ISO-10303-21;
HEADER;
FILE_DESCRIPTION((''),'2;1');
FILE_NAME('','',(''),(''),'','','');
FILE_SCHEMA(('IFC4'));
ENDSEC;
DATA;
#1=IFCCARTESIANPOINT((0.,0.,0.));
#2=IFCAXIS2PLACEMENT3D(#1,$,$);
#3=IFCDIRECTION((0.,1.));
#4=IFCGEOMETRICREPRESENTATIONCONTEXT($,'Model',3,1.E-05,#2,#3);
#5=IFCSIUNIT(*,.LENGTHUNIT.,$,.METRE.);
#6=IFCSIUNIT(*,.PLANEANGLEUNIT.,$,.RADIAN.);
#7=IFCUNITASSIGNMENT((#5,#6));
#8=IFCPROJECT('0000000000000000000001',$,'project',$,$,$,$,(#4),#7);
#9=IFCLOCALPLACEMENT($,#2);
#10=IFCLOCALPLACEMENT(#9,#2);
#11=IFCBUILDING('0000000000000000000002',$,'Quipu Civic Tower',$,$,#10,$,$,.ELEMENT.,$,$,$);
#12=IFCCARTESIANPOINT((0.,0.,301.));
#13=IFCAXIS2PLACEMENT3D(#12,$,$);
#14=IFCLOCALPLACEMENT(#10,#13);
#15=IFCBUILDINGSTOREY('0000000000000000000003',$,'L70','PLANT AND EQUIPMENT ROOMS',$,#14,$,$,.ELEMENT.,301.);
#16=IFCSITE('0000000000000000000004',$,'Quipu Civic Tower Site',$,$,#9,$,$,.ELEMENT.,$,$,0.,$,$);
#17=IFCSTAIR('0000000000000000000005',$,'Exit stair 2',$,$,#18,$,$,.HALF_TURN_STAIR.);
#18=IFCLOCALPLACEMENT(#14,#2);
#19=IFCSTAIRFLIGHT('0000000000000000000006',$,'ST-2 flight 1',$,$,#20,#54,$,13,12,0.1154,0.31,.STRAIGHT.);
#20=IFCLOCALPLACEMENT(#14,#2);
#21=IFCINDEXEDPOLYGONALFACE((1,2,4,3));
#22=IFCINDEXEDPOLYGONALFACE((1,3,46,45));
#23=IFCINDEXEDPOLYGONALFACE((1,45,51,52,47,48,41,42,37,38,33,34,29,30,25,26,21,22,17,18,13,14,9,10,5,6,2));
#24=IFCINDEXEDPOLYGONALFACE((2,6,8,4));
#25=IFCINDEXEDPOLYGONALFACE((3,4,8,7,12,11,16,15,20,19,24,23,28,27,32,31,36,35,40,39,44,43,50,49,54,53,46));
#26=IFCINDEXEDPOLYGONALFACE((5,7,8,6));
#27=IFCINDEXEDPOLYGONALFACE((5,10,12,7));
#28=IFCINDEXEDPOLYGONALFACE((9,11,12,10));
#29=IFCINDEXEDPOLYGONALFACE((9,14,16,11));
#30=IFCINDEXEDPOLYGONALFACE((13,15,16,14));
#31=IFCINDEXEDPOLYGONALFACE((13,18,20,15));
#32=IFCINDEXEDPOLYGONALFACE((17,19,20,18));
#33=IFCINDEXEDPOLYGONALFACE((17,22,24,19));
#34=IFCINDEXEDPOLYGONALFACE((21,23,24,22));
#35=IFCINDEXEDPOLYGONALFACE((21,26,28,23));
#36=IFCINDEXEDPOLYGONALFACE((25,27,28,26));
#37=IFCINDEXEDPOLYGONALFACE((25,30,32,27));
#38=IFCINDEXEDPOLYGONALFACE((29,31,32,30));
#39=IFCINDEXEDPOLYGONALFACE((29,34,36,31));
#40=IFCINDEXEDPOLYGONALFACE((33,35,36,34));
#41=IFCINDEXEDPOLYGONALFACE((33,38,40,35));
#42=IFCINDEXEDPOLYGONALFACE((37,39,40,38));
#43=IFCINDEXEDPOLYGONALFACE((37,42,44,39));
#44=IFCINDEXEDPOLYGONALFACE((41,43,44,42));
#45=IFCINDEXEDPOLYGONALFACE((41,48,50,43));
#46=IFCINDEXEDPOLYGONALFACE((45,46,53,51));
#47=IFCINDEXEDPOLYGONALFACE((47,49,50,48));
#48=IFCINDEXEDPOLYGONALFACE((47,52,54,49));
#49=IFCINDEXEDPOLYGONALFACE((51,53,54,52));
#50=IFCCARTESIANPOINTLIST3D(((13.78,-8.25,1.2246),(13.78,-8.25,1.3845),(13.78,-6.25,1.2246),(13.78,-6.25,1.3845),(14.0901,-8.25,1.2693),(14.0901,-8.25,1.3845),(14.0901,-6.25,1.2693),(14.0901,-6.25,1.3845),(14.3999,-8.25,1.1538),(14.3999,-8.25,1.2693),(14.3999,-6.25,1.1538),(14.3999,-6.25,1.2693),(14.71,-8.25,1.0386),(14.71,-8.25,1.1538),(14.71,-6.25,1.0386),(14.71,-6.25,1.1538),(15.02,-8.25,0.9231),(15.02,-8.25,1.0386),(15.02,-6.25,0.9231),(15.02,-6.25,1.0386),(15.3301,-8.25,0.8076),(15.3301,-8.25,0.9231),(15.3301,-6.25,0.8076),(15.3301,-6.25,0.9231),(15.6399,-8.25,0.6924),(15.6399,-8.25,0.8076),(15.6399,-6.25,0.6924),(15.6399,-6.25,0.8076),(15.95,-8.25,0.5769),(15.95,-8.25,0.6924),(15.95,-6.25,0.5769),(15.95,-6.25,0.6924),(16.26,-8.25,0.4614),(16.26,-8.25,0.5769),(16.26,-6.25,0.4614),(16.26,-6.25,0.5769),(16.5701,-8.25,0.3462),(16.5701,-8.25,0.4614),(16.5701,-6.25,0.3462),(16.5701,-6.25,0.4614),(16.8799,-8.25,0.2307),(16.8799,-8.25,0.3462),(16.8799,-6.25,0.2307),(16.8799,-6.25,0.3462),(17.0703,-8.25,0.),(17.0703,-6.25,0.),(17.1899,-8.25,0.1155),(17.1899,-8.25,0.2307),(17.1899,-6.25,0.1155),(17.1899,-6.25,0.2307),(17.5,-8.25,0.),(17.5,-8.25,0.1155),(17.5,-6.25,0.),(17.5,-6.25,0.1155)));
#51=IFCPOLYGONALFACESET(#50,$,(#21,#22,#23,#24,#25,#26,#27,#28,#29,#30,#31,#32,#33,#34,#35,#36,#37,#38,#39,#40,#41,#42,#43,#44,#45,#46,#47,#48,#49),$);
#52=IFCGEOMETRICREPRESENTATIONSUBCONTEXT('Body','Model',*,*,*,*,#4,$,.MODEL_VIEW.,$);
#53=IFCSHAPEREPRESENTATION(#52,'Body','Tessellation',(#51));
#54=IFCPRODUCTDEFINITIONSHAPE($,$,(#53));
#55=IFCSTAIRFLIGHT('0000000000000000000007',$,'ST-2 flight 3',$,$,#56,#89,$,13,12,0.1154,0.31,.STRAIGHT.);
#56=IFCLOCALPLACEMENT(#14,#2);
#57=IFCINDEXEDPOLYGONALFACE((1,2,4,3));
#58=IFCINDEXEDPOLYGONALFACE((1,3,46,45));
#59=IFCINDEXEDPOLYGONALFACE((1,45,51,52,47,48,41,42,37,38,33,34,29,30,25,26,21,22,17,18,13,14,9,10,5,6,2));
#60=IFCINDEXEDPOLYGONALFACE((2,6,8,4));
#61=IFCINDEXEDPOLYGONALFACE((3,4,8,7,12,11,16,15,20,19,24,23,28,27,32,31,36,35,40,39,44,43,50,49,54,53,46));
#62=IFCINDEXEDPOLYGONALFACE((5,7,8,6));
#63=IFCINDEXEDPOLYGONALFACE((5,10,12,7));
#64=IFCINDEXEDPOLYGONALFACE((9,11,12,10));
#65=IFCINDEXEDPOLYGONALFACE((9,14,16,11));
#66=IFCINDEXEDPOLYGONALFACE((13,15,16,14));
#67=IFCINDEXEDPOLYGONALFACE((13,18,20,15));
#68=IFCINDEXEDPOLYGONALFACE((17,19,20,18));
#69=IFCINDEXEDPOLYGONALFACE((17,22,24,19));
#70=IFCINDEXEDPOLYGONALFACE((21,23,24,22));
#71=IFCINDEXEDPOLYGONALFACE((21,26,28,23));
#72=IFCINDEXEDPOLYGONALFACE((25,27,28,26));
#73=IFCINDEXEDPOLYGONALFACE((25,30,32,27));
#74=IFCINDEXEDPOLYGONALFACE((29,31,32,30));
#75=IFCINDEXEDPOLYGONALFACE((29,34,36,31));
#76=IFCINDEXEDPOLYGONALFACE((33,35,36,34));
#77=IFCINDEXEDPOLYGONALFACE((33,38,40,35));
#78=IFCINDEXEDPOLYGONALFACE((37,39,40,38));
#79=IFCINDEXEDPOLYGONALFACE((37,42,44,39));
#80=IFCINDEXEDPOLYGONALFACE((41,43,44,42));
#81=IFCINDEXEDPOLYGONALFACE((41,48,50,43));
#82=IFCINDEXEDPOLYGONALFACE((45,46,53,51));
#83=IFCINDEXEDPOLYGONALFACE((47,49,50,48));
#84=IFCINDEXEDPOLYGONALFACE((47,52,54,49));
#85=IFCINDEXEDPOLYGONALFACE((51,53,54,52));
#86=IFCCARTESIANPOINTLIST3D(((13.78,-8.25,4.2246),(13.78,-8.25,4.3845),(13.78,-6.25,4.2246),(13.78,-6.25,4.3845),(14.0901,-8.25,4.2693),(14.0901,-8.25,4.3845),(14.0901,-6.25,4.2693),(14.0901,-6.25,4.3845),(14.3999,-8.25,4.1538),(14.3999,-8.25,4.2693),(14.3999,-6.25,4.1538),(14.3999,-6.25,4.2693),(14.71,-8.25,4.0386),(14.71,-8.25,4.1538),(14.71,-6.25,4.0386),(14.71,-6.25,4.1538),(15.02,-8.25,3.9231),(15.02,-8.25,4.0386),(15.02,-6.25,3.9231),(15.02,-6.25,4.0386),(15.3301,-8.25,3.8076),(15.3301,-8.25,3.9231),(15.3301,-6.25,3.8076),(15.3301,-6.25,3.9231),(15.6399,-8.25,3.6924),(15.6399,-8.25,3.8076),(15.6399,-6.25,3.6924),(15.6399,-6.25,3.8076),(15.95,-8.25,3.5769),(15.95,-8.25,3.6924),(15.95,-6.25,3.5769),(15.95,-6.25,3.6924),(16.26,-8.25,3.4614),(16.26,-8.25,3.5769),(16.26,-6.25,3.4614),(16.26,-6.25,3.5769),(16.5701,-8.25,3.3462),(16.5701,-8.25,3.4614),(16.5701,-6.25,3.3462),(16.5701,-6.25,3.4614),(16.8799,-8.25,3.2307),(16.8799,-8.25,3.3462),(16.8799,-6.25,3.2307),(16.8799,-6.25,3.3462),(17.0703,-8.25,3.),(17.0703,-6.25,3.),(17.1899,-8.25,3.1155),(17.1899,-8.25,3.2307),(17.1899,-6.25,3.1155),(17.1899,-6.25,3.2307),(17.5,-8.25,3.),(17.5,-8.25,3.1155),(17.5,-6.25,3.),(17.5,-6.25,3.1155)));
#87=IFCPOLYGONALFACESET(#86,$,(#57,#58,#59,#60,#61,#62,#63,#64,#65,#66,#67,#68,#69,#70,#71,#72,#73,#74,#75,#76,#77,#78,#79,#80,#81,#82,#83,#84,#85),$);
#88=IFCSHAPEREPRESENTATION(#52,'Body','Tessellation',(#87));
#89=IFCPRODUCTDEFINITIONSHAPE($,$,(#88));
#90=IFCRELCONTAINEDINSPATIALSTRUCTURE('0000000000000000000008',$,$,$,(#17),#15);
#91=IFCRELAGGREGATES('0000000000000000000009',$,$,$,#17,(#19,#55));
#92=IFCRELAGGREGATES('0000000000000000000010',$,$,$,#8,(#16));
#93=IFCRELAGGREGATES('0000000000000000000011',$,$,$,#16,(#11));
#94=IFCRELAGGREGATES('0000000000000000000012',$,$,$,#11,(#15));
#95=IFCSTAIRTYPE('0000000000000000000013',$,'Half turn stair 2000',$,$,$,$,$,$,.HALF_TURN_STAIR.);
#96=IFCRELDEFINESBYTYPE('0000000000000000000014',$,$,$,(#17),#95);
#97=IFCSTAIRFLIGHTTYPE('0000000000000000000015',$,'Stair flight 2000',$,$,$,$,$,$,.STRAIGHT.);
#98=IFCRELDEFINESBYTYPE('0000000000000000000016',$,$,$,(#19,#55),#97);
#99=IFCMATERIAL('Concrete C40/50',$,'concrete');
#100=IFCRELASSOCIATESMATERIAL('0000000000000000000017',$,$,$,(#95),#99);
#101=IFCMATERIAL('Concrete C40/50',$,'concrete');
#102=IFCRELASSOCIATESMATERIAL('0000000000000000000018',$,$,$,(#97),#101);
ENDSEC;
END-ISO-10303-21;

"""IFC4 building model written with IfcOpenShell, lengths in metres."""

from ifc_helpers import new_model, si_unit, direction, frame, origin, place, context, subcontext, project, spatial, polyline, outline, extrude, material, type_object, element, aggregate, save


model = new_model("IFC4")

# Units and contexts
model_context = context("Model", 3, precision=1e-05, world=origin(), true_north=direction((0.0, 1.0)))
body_context = subcontext(model_context, "Body", "Model", "MODEL_VIEW")
ifc_project = project(units=[si_unit("LENGTHUNIT", "METRE"), si_unit("PLANEANGLEUNIT", "RADIAN")], contexts=[model_context])

# Site, building, storey
site_placement = place(None, origin())
site = spatial("IfcSite", under=ifc_project, at=site_placement, Name="Quipu Civic Tower Site", CompositionType="ELEMENT", RefElevation=0.0)
building_placement = place(site_placement, origin())
building = spatial("IfcBuilding", under=site, at=building_placement, Name="Quipu Civic Tower", CompositionType="ELEMENT")
storey_placement = place(building_placement, frame((0.0, 0.0, 301.0)))
storey = spatial("IfcBuildingStorey", under=building, at=storey_placement, Name="L70", Description="PLANT AND EQUIPMENT ROOMS", CompositionType="ELEMENT", Elevation=301.0)

# Stair, stair flights
ifc_material_1 = material(Name="Concrete C40/50", Category="concrete")
stair_type = type_object("IfcStairType", Name="Half turn stair 2000", PredefinedType="HALF_TURN_STAIR", material=ifc_material_1)
stair_placement = place(storey_placement, origin())
stair = element("IfcStair", 1, at=stair_placement, inside=storey, type_object=stair_type, Name="Exit stair 2", PredefinedType="HALF_TURN_STAIR")
ifc_material_2 = material(Name="Concrete C40/50", Category="concrete")
stair_flight_type = type_object("IfcStairFlightType", Name="Stair flight 2000", PredefinedType="STRAIGHT", material=ifc_material_2)
stair_flight_1_placement = place(storey_placement, frame((17.5, -7.25, 0.0), z_axis=(0.0, 0.0, 1.0), x_axis=(-1.0, 0.0, 0.0)))
stair_flight_1 = element("IfcStairFlight", 2, at=stair_flight_1_placement, type_object=stair_flight_type, Name="ST-2 flight 1", NumberOfRisers=13, NumberOfTreads=12, PredefinedType="STRAIGHT", RiserHeight=0.1154, TreadLength=0.31, context=body_context, shape_type="SweptSolid", body=[
    extrude(outline(polyline([(0.0, 0.0), (0.0, 0.1155), (0.3101, 0.1155), (0.3101, 0.2307), (0.6201, 0.2307), (0.6201, 0.3462), (0.9299, 0.3462), (0.9299, 0.4614), (1.24, 0.4614), (1.24, 0.5769), (1.55, 0.5769), (1.55, 0.6924), (1.8601, 0.6924), (1.8601, 0.8076), (2.1699, 0.8076), (2.1699, 0.9231), (2.48, 0.9231), (2.48, 1.0386), (2.79, 1.0386), (2.79, 1.1538), (3.1001, 1.1538), (3.1001, 1.2693), (3.4099, 1.2693), (3.4099, 1.3845), (3.72, 1.3845), (3.72, 1.5), (3.72, 1.2246), (0.4297, 0.0), (0.0, 0.0)])), frame((0.0, 1.0, 0.0), z_axis=(0.0, -1.0, 0.0), x_axis=(1.0, 0.0, 0.0)), (0.0, 0.0, 1.0), 2.0),
])
stair_flight_2_placement = place(storey_placement, frame((17.5, -7.25, 3.0), z_axis=(0.0, 0.0, 1.0), x_axis=(-1.0, 0.0, 0.0)))
stair_flight_2 = element("IfcStairFlight", 3, at=stair_flight_2_placement, type_object=stair_flight_type, Name="ST-2 flight 3", NumberOfRisers=13, NumberOfTreads=12, PredefinedType="STRAIGHT", RiserHeight=0.1154, TreadLength=0.31, context=body_context, shape_type="SweptSolid", body=[
    extrude(outline(polyline([(0.0, 0.0), (0.0, 0.1155), (0.3101, 0.1155), (0.3101, 0.2307), (0.6201, 0.2307), (0.6201, 0.3462), (0.9299, 0.3462), (0.9299, 0.4614), (1.24, 0.4614), (1.24, 0.5769), (1.55, 0.5769), (1.55, 0.6924), (1.8601, 0.6924), (1.8601, 0.8076), (2.1699, 0.8076), (2.1699, 0.9231), (2.48, 0.9231), (2.48, 1.0386), (2.79, 1.0386), (2.79, 1.1538), (3.1001, 1.1538), (3.1001, 1.2693), (3.4099, 1.2693), (3.4099, 1.3845), (3.72, 1.3845), (3.72, 1.5), (3.72, 1.2246), (0.4297, 0.0), (0.0, 0.0)])), frame((0.0, 1.0, 0.0), z_axis=(0.0, -1.0, 0.0), x_axis=(1.0, 0.0, 0.0)), (0.0, 0.0, 1.0), 2.0),
])
aggregate(stair, [stair_flight_1, stair_flight_2])

save(model, "model.ifc")
